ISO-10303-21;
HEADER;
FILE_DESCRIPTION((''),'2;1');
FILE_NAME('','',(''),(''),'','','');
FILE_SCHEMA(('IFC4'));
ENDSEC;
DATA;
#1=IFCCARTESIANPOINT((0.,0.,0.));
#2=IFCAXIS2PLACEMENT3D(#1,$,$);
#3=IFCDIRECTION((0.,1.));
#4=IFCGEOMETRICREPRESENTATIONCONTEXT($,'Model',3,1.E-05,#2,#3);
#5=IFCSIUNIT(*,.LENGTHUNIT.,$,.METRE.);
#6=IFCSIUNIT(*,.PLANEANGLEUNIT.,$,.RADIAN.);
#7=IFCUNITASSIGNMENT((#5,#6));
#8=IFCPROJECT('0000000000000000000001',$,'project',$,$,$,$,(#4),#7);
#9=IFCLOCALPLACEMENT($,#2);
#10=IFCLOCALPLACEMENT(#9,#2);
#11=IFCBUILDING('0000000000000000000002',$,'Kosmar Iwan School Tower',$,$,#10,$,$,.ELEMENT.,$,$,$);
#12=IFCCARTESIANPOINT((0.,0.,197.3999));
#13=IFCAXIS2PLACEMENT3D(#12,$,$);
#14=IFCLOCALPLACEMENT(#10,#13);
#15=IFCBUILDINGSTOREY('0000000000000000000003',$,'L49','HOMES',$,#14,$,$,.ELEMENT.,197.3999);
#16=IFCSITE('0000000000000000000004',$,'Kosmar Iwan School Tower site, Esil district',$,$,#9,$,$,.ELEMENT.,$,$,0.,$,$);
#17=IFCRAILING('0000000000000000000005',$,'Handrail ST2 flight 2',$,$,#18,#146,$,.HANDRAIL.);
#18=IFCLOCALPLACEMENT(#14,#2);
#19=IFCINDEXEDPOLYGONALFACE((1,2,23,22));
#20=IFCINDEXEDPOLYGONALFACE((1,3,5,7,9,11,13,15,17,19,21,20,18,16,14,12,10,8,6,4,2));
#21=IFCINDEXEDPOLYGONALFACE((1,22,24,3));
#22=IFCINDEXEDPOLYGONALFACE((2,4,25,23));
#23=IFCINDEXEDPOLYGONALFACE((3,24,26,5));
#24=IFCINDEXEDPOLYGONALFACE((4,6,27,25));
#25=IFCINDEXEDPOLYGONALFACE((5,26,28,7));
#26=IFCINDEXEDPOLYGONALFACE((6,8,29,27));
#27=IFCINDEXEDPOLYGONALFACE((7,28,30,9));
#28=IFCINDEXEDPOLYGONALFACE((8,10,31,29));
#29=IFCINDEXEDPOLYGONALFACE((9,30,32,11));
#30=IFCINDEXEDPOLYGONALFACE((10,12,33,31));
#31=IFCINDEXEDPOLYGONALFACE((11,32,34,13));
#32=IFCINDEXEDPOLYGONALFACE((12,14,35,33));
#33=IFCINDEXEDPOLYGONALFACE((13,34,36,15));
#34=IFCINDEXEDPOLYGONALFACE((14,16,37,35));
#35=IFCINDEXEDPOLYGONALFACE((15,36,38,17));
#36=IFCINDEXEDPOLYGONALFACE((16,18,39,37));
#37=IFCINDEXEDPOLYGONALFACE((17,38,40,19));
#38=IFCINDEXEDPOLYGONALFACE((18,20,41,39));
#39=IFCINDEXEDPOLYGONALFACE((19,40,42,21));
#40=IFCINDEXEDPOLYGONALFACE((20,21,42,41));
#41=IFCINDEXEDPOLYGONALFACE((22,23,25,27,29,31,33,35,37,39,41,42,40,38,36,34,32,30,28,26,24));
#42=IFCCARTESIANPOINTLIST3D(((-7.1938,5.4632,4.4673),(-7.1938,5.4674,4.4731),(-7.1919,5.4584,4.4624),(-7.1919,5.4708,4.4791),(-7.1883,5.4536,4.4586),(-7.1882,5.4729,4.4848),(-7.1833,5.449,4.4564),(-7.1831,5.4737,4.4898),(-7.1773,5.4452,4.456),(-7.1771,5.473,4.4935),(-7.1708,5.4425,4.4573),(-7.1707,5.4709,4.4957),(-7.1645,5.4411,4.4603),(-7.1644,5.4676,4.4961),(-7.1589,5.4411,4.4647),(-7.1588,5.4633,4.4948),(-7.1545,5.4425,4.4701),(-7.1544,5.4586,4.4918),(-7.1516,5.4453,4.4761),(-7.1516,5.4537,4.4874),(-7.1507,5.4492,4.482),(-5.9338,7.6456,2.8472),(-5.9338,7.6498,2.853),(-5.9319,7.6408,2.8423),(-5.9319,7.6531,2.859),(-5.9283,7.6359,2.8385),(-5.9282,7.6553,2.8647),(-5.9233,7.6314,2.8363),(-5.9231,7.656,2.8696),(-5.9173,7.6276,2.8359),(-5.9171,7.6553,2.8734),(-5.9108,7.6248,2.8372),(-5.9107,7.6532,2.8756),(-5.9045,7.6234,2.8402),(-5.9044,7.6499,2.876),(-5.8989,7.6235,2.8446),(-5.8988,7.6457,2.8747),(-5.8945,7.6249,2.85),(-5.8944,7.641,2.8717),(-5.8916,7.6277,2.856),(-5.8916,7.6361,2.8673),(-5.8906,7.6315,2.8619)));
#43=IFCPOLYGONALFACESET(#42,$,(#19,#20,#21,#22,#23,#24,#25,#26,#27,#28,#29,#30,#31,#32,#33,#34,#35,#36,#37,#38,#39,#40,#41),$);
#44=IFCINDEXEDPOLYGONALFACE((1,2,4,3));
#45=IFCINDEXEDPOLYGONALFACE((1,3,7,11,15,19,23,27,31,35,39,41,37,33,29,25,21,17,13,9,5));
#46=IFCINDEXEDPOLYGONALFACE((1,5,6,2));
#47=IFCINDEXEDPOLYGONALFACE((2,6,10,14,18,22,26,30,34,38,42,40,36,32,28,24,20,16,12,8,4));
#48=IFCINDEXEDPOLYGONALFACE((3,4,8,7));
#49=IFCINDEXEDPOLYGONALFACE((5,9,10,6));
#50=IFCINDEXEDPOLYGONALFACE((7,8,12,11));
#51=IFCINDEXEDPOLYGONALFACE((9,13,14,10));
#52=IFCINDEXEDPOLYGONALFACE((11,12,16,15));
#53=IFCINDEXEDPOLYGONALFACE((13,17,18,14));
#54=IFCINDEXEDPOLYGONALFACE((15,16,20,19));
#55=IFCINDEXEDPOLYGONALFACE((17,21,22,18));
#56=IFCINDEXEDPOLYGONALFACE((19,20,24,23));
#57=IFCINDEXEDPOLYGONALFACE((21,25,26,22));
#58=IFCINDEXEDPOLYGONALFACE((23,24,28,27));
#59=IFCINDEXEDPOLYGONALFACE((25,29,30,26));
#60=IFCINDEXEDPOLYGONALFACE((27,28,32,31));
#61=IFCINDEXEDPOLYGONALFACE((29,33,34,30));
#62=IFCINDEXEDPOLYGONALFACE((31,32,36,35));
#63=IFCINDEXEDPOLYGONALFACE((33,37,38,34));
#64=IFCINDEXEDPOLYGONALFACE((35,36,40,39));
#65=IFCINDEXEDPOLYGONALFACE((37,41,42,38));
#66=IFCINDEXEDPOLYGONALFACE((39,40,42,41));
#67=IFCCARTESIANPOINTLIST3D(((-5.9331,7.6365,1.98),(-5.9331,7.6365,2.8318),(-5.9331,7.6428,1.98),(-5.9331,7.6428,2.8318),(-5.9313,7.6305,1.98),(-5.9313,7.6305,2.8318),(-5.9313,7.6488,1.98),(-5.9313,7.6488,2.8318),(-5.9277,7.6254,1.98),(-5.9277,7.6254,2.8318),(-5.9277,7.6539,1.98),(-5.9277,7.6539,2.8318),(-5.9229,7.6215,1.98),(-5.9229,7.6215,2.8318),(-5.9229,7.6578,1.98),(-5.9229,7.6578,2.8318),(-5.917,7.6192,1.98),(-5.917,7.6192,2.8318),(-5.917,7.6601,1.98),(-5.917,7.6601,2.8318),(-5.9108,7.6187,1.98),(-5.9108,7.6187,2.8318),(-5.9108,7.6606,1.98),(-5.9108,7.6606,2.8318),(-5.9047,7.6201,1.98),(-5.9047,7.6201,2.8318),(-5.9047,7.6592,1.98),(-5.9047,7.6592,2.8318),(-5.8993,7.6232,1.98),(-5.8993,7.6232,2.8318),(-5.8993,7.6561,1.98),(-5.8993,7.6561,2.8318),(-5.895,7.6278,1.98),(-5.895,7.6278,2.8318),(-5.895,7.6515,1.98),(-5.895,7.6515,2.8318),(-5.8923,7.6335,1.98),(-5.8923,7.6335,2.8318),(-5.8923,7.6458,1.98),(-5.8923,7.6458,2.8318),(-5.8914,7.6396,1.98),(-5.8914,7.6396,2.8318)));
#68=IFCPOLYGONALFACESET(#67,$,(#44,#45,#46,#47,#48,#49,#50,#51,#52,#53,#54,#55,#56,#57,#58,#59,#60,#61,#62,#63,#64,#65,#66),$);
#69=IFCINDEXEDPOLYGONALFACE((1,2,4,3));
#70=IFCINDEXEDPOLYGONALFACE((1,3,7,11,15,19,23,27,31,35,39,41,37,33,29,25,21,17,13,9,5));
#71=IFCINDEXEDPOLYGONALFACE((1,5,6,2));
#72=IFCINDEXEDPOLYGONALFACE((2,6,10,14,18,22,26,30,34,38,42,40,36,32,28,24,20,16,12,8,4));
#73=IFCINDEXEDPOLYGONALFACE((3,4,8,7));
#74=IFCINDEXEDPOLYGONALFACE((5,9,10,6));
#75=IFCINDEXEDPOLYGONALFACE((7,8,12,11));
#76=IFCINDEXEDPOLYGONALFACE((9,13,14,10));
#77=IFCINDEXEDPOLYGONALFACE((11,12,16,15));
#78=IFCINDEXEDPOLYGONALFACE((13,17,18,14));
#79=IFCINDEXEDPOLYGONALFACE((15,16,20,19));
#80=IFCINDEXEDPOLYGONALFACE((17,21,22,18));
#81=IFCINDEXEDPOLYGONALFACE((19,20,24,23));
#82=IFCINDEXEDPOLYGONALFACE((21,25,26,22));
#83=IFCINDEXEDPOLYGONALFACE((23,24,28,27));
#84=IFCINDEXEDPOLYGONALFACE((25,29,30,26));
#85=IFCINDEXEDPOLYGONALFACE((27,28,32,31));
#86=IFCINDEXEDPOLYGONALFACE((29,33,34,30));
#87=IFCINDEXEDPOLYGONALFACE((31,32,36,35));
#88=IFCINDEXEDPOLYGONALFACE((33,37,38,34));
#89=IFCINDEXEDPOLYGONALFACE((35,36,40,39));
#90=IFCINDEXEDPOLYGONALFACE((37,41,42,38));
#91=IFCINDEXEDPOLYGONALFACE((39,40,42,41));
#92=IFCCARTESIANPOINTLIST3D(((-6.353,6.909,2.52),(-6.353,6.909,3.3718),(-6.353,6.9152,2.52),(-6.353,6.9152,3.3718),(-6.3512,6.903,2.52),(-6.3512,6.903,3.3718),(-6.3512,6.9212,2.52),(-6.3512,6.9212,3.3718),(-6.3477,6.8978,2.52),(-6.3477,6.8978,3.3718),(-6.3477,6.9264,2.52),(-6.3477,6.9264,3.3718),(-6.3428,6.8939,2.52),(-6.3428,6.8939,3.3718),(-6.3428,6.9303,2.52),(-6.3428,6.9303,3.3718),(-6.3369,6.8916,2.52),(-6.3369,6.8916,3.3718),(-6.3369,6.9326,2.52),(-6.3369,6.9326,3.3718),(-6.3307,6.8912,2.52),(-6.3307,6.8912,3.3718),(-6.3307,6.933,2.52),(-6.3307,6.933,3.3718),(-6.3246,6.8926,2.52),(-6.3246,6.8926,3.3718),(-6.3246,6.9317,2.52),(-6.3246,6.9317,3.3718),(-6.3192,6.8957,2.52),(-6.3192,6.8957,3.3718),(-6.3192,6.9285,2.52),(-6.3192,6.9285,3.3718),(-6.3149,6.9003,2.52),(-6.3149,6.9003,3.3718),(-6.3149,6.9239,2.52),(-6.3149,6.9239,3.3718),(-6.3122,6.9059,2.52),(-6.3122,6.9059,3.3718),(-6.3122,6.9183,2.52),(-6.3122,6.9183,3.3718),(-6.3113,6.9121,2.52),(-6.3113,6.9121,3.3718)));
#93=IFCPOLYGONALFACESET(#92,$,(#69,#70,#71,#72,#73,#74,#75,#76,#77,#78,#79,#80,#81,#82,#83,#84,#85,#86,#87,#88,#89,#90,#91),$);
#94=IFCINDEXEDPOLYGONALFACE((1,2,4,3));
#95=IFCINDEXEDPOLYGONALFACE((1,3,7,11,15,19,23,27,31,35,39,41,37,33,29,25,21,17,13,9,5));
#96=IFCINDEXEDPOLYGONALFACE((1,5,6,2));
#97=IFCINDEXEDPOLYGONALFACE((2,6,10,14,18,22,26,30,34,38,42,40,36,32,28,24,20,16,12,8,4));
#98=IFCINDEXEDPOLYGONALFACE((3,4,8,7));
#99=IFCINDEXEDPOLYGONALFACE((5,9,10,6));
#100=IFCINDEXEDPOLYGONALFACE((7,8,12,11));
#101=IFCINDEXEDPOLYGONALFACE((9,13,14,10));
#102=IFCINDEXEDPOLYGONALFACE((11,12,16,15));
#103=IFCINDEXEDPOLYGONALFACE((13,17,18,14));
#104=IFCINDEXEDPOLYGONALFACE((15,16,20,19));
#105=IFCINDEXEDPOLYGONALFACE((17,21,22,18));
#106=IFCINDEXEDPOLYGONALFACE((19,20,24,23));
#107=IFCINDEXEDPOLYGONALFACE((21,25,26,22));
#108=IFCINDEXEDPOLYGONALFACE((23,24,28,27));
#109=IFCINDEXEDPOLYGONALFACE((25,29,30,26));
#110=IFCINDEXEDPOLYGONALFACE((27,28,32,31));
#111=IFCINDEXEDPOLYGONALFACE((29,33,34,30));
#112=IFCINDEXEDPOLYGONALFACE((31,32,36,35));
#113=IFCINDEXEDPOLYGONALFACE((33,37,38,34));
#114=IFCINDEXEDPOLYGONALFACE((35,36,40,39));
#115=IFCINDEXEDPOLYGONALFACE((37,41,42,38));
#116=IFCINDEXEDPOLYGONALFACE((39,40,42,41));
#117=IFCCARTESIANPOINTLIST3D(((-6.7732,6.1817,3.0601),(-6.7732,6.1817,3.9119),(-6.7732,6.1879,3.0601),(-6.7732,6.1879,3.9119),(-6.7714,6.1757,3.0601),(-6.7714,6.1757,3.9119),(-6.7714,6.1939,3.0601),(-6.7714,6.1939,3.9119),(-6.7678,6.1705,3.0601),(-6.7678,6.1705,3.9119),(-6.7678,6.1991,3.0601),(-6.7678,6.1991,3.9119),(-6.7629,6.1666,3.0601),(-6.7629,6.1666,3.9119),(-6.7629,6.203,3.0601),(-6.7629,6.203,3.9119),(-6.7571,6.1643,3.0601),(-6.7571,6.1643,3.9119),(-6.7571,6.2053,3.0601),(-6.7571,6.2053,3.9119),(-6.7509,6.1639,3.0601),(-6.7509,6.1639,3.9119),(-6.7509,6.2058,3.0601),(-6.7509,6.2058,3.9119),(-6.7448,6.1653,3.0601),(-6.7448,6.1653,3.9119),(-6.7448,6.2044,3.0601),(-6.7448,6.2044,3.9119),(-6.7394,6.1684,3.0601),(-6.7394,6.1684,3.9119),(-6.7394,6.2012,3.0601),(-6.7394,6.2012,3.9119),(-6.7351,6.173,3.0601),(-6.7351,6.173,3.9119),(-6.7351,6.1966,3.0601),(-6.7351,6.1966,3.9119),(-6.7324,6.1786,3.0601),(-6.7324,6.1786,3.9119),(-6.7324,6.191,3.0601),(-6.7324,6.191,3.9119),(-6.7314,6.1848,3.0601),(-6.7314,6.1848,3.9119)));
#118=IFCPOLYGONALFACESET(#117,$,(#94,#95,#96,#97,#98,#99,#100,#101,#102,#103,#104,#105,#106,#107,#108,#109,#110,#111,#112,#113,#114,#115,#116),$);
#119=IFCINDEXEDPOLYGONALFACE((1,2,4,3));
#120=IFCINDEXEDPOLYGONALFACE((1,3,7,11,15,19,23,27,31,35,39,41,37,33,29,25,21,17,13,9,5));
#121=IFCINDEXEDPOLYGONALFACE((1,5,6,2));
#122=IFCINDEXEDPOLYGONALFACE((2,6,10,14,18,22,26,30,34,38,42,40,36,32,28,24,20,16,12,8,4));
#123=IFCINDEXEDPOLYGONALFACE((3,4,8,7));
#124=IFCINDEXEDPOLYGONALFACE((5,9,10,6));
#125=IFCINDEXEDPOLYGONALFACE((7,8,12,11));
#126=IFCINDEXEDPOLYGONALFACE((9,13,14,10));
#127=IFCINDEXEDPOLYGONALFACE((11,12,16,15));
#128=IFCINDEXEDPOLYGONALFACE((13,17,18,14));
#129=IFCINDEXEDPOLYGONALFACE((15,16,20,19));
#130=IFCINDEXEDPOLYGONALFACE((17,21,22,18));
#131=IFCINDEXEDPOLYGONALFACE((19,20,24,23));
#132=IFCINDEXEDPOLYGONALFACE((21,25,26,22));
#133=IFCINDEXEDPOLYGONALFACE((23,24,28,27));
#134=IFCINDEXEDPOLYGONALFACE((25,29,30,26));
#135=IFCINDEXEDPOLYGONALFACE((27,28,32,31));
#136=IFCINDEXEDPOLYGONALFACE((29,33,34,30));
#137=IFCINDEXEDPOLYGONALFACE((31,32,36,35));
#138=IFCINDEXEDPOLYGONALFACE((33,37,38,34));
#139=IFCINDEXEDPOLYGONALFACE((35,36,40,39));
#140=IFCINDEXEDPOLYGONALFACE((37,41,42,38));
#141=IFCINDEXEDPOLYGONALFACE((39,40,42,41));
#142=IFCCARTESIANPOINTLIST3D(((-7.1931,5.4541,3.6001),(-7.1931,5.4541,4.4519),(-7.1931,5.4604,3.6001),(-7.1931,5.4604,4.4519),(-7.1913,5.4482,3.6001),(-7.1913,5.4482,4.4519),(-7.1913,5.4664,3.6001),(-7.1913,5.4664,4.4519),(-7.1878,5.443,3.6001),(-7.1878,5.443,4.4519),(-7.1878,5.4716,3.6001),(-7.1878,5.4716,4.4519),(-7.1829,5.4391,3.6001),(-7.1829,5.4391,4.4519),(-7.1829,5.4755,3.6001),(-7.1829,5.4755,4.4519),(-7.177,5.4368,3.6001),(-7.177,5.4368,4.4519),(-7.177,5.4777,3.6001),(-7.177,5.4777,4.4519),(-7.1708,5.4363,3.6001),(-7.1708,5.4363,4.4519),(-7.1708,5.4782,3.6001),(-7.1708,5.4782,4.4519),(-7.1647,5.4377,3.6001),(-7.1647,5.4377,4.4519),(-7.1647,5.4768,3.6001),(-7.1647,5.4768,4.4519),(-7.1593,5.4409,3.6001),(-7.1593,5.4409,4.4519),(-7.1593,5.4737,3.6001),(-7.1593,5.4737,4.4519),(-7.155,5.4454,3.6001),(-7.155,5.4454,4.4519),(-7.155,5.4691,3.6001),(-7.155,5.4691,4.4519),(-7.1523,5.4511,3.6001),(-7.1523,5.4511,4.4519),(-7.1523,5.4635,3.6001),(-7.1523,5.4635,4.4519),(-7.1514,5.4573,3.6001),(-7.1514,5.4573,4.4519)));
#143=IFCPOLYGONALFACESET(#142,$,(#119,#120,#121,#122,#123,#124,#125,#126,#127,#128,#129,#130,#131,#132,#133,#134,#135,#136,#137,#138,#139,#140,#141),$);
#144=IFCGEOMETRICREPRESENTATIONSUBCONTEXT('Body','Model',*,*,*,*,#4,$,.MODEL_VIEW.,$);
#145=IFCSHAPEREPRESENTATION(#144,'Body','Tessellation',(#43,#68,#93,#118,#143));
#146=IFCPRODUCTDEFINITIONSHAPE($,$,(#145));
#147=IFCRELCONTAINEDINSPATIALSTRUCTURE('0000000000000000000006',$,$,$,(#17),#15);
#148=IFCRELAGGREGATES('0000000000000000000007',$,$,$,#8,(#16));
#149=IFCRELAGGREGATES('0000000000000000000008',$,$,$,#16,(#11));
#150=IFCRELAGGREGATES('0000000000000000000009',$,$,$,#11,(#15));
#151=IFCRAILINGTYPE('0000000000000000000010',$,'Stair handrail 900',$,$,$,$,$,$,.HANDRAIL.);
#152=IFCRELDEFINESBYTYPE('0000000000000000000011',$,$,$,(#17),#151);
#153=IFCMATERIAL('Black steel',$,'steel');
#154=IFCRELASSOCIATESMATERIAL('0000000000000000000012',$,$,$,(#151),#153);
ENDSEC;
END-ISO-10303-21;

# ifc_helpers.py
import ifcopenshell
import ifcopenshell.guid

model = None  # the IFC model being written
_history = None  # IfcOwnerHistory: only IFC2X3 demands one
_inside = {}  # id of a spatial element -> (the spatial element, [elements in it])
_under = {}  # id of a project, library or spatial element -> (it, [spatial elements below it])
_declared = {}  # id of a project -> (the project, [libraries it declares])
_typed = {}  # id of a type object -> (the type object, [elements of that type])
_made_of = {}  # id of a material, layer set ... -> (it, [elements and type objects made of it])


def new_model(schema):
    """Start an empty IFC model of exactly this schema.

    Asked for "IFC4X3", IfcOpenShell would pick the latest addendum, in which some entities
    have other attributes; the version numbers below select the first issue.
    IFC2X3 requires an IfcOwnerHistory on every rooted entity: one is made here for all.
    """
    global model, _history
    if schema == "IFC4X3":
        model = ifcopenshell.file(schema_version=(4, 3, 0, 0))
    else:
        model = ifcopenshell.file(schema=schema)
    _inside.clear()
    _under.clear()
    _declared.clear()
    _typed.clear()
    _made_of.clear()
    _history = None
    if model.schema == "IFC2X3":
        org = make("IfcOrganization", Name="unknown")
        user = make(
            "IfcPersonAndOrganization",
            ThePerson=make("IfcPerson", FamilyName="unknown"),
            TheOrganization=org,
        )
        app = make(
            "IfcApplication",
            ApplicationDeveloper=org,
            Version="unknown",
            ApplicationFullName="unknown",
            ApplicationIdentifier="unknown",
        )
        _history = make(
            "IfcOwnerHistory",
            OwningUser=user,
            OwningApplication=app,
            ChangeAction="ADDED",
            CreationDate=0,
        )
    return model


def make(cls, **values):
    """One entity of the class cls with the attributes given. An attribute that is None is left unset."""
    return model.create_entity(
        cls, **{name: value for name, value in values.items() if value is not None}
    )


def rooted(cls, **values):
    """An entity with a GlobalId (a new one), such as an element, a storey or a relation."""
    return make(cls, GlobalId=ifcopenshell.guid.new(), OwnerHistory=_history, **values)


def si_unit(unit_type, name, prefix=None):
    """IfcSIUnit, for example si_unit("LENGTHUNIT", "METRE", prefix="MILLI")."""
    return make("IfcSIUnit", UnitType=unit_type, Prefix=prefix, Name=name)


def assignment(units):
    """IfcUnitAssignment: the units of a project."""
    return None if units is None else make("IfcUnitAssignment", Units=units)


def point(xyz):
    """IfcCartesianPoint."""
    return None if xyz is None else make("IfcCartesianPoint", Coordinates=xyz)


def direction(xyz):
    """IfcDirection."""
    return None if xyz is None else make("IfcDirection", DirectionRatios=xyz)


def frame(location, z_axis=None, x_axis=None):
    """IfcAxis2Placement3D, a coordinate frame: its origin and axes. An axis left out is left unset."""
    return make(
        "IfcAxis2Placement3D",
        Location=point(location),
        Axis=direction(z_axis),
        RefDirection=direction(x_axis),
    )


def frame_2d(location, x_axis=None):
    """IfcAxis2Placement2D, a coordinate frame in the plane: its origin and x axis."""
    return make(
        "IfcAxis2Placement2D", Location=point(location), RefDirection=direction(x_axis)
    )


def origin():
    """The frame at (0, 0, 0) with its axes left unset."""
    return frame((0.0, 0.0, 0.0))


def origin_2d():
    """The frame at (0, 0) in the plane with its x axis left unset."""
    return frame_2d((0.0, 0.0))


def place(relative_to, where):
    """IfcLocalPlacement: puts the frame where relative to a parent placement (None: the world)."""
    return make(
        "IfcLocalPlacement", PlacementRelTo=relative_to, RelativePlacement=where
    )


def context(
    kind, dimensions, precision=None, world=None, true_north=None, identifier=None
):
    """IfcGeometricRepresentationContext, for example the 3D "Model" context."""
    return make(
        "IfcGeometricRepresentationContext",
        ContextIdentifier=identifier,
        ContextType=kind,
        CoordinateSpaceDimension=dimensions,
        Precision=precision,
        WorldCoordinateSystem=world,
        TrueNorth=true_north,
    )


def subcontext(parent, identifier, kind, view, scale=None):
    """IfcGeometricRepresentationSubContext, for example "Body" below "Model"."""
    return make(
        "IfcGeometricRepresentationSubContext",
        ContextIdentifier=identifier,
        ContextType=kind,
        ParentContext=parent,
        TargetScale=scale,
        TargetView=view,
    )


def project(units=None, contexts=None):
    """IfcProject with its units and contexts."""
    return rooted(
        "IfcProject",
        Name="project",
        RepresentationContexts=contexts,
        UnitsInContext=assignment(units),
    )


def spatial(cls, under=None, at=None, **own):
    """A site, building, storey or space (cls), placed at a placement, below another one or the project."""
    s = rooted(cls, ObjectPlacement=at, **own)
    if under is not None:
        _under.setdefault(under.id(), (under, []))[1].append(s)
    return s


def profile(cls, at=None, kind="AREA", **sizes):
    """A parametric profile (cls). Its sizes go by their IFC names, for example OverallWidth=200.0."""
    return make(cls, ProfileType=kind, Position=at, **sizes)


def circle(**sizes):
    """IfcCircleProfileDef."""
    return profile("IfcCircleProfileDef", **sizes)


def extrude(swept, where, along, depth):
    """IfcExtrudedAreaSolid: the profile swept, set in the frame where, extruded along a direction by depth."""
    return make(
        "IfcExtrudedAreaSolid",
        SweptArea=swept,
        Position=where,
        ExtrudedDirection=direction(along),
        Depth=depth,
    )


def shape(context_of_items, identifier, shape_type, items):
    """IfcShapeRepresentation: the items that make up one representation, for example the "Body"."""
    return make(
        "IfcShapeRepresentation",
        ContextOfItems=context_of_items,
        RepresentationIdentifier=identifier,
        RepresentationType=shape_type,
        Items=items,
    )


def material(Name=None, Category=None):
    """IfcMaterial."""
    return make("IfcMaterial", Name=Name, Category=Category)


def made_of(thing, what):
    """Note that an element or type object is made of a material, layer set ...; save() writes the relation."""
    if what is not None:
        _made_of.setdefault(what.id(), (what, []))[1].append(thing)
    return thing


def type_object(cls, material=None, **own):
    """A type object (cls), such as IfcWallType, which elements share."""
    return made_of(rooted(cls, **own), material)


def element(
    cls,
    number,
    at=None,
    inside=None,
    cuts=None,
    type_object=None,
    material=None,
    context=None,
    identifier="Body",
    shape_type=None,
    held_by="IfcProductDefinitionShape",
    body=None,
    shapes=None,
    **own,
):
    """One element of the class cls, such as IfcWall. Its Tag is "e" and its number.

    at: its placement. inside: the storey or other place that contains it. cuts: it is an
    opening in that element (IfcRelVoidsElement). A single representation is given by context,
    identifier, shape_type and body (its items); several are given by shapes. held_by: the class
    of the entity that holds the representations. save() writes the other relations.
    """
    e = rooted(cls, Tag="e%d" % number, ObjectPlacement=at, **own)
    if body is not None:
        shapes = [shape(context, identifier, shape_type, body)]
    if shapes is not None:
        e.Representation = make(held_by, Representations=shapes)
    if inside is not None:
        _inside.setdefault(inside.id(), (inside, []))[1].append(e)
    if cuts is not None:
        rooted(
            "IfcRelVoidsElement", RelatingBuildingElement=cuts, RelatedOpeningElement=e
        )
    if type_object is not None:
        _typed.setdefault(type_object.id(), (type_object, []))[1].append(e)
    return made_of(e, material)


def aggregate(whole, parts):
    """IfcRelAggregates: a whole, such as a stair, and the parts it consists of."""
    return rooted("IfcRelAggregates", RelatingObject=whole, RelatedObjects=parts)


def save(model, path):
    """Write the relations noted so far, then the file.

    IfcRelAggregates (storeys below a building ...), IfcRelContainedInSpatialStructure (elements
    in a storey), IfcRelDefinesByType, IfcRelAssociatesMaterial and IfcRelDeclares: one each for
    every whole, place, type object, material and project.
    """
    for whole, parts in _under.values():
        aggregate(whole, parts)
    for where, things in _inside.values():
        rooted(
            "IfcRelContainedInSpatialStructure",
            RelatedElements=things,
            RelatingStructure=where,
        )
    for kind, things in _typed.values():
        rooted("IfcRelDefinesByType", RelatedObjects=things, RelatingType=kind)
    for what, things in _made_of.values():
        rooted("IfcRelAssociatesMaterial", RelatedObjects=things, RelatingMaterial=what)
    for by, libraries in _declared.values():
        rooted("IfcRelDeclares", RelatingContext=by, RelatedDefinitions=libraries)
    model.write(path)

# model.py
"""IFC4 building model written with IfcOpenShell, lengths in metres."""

from ifc_helpers import new_model, si_unit, direction, frame, origin, origin_2d, place, context, subcontext, project, spatial, circle, extrude, material, type_object, element, save


model = new_model("IFC4")

# Units and contexts
model_context = context("Model", 3, precision=1e-05, world=origin(), true_north=direction((0.0, 1.0)))
body_context = subcontext(model_context, "Body", "Model", "MODEL_VIEW")
ifc_project = project(units=[si_unit("LENGTHUNIT", "METRE"), si_unit("PLANEANGLEUNIT", "RADIAN")], contexts=[model_context])

# Site, building, storey
site_placement = place(None, origin())
site = spatial("IfcSite", under=ifc_project, at=site_placement, Name="Kosmar Iwan School Tower site, Esil district", CompositionType="ELEMENT", RefElevation=0.0)
building_placement = place(site_placement, origin())
building = spatial("IfcBuilding", under=site, at=building_placement, Name="Kosmar Iwan School Tower", CompositionType="ELEMENT")
storey_placement = place(building_placement, frame((0.0, 0.0, 197.3999)))
storey = spatial("IfcBuildingStorey", under=building, at=storey_placement, Name="L49", Description="HOMES", CompositionType="ELEMENT", Elevation=197.3999)

# Railing
ifc_material_1 = material(Name="Black steel", Category="steel")
railing_type = type_object("IfcRailingType", Name="Stair handrail 900", PredefinedType="HANDRAIL", material=ifc_material_1)
railing_1_placement = place(storey_placement, frame((-5.9124, 7.6396, 1.98)))
element("IfcRailing", 1, at=railing_1_placement, inside=storey, type_object=railing_type, Name="Handrail ST2 flight 2", PredefinedType="HANDRAIL", context=body_context, shape_type="SweptSolid", body=[
    extrude(circle(Radius=0.0239, at=origin_2d()), frame((0.0, 0.0, 0.876), z_axis=(-0.420584, -0.728464, 0.540786), x_axis=(0.866023, -0.500005, 0.0)), (0.0, 0.0, 1.0), 2.9958),
    extrude(circle(Radius=0.021, at=origin_2d()), origin(), (0.0, 0.0, 1.0), 0.8518),
    extrude(circle(Radius=0.021, at=origin_2d()), frame((-0.4199, -0.7275, 0.54)), (0.0, 0.0, 1.0), 0.8518),
    extrude(circle(Radius=0.021, at=origin_2d()), frame((-0.8401, -1.4548, 1.0801)), (0.0, 0.0, 1.0), 0.8518),
    extrude(circle(Radius=0.021, at=origin_2d()), frame((-1.26, -2.1824, 1.6201)), (0.0, 0.0, 1.0), 0.8518),
])

save(model, "model.ifc")
